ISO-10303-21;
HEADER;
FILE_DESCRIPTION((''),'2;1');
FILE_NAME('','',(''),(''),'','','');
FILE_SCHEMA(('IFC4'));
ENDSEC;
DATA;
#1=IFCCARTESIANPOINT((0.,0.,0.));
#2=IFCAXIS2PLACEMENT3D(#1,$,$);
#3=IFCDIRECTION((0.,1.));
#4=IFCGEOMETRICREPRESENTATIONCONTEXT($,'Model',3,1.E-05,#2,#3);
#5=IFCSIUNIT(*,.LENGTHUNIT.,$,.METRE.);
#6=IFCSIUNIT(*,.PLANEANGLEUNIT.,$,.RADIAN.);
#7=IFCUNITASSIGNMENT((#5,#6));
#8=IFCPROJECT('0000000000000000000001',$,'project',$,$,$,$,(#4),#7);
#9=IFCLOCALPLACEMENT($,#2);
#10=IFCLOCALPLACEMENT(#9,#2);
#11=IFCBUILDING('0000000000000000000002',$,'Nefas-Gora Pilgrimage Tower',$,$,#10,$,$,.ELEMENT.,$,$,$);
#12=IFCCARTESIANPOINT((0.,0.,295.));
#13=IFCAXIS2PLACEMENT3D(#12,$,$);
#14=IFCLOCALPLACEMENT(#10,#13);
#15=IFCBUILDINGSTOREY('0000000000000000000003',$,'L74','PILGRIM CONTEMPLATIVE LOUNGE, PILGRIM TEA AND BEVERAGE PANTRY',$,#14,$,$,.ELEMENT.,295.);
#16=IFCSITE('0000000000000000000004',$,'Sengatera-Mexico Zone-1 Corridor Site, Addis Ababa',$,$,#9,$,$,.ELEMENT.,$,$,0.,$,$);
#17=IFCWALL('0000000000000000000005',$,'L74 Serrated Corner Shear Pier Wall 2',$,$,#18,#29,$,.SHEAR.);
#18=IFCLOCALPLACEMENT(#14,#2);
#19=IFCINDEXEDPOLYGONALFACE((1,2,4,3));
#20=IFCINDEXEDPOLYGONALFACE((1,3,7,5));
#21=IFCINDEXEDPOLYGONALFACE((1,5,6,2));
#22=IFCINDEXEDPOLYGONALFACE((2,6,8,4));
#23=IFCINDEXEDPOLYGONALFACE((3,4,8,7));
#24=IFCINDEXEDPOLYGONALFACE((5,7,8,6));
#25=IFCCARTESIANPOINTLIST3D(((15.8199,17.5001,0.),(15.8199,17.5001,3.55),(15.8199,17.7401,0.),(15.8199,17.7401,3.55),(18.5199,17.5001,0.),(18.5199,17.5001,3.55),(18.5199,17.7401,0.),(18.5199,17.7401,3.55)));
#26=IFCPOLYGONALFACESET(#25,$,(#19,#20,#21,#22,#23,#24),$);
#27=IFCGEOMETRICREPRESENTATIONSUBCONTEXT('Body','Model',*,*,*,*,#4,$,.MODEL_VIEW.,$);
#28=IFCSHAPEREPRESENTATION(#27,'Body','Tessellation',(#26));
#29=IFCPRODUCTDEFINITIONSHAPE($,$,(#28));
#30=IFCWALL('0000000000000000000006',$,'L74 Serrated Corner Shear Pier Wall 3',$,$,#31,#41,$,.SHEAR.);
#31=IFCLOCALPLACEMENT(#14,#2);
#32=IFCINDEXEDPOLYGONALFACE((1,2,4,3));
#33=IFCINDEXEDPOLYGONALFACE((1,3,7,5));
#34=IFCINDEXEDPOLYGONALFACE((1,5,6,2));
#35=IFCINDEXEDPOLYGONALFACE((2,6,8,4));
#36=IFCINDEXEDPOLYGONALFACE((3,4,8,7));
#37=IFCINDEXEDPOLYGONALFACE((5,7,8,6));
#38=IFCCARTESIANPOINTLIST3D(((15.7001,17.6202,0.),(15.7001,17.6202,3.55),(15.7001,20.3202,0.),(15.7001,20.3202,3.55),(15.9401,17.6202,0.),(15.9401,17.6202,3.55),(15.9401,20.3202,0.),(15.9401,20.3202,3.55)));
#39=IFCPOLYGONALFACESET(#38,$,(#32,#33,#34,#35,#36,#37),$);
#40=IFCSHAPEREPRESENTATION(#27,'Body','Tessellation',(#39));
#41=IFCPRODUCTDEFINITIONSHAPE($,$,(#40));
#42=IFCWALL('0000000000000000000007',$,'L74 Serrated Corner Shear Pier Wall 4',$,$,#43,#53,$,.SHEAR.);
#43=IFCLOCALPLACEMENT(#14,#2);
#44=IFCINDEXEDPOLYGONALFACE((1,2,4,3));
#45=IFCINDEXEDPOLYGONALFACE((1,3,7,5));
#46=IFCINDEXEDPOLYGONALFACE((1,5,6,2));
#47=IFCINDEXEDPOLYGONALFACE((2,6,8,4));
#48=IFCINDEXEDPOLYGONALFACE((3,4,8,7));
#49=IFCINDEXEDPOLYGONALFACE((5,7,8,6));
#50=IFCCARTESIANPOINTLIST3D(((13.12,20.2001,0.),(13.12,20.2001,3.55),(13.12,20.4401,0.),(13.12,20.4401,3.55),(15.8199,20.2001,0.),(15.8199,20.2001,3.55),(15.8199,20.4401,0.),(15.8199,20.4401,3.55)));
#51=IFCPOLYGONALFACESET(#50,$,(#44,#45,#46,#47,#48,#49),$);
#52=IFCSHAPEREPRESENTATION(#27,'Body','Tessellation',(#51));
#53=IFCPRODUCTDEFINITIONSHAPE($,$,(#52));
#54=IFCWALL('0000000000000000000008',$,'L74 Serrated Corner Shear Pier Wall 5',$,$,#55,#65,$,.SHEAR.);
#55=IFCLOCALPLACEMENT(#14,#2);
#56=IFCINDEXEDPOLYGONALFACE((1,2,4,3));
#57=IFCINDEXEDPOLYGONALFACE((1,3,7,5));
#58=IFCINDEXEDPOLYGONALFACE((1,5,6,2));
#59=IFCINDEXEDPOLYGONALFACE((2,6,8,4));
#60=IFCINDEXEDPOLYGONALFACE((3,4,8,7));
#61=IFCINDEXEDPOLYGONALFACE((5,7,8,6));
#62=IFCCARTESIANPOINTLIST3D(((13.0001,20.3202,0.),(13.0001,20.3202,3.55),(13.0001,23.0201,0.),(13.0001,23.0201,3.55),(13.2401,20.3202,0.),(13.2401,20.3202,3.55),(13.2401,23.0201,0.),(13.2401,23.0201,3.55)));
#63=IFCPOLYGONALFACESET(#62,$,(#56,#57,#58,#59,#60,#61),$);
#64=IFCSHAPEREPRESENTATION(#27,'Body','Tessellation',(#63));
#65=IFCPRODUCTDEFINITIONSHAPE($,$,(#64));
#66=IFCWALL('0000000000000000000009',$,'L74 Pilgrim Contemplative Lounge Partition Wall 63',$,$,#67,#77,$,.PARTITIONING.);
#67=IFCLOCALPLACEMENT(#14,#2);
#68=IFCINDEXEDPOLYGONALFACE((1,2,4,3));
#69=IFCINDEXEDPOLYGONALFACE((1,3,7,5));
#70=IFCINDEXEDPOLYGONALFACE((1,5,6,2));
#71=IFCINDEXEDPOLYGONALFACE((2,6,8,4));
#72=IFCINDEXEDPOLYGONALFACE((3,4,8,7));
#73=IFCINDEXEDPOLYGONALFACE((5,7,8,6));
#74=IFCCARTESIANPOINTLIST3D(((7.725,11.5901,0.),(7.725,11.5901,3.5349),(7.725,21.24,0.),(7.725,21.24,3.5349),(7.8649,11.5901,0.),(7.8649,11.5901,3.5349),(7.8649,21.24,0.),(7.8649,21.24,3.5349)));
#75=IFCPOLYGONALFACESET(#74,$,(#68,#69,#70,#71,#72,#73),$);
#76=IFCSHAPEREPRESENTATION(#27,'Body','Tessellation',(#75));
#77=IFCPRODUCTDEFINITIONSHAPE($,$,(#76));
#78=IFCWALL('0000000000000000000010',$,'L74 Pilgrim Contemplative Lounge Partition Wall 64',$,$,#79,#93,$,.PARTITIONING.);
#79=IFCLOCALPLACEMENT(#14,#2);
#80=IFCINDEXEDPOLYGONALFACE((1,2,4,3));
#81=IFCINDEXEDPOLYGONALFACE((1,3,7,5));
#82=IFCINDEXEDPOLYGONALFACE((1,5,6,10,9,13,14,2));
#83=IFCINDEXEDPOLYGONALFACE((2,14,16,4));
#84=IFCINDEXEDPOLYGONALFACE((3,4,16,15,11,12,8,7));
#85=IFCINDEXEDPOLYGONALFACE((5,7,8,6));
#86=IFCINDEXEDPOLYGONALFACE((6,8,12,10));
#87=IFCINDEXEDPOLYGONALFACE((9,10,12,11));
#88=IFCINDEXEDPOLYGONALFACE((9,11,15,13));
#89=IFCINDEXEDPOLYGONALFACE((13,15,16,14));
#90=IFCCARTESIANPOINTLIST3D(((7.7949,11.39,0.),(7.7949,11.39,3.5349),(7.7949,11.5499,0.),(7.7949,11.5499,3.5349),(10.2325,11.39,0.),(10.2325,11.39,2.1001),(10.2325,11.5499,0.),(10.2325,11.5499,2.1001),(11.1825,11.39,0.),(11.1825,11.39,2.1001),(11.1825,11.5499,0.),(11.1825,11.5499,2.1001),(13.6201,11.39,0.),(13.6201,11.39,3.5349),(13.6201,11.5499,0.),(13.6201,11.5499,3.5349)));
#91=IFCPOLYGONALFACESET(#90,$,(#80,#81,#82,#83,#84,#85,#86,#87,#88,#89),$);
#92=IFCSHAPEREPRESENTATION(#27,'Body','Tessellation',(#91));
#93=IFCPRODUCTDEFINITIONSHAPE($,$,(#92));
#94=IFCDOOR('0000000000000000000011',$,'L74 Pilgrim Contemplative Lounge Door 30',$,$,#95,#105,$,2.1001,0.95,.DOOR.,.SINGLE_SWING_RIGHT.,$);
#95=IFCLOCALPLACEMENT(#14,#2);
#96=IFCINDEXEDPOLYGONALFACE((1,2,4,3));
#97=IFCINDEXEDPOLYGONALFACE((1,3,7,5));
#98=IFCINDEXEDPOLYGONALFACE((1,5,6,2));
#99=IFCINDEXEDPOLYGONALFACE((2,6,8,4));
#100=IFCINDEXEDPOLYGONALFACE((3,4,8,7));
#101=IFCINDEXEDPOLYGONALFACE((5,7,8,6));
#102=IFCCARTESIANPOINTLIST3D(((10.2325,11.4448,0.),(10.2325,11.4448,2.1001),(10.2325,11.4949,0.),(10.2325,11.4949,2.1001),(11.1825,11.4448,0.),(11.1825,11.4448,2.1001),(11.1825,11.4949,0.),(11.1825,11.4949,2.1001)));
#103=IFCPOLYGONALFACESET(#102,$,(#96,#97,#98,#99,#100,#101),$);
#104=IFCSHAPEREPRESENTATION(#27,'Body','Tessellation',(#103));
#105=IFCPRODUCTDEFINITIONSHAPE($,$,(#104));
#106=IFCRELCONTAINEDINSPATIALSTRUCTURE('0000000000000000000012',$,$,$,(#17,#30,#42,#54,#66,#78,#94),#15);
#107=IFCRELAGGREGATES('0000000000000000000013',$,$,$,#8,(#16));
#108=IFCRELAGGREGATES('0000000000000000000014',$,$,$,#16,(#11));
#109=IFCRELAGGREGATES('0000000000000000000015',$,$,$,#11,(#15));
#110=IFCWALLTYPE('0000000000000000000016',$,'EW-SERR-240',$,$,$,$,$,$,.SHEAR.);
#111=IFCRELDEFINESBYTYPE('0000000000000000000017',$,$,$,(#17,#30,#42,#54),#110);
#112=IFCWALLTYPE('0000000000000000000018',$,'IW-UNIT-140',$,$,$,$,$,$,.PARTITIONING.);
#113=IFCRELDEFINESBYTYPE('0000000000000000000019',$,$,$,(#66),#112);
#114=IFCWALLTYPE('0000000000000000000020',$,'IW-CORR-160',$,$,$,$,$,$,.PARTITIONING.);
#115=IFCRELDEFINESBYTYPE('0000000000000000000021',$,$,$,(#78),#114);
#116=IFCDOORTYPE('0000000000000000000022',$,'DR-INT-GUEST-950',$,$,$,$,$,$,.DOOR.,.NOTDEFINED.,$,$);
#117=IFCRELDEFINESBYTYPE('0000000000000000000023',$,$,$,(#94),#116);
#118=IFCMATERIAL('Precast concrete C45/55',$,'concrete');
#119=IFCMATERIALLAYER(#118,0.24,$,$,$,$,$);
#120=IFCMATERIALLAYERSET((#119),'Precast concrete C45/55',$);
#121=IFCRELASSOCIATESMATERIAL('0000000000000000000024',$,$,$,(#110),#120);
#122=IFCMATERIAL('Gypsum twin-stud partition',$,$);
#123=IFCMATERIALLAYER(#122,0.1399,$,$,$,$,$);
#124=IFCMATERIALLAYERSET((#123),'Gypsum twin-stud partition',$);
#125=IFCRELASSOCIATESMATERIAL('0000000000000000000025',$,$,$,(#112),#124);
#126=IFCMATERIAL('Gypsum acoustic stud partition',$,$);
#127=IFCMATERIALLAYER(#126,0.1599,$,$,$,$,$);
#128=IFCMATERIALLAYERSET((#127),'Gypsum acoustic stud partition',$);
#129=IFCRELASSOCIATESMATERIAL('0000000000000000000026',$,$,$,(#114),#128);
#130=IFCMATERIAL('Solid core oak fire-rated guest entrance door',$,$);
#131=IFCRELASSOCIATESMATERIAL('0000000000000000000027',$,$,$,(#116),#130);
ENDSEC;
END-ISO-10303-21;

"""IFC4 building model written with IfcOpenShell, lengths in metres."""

from ifc_helpers import new_model, si_unit, direction, frame, frame_2d, origin, place, context, subcontext, project, spatial, rectangle, extrude, source, transform, mapped, material, layer, layer_set, type_object, element, fill, save


model = new_model("IFC4")

# Units and contexts
model_context = context("Model", 3, precision=1e-05, world=origin(), true_north=direction((0.0, 1.0)))
body_context = subcontext(model_context, "Body", "Model", "MODEL_VIEW")
ifc_project = project(units=[si_unit("LENGTHUNIT", "METRE"), si_unit("PLANEANGLEUNIT", "RADIAN")], contexts=[model_context])

# Site, building, storey
site_placement = place(None, origin())
site = spatial("IfcSite", under=ifc_project, at=site_placement, Name="Sengatera-Mexico Zone-1 Corridor Site, Addis Ababa", CompositionType="ELEMENT", RefElevation=0.0)
building_placement = place(site_placement, origin())
building = spatial("IfcBuilding", under=site, at=building_placement, Name="Nefas-Gora Pilgrimage Tower", CompositionType="ELEMENT")
storey_placement = place(building_placement, frame((0.0, 0.0, 295.0)))
storey = spatial("IfcBuildingStorey", under=building, at=storey_placement, Name="L74", Description="PILGRIM CONTEMPLATIVE LOUNGE, PILGRIM TEA AND BEVERAGE PANTRY", CompositionType="ELEMENT", Elevation=295.0)

# Walls
ifc_material_1 = material(Name="Precast concrete C45/55", Category="concrete")
ifc_layer_1 = layer(ifc_material_1, 0.24)
ifc_layer_set_1 = layer_set([ifc_layer_1], Name="Precast concrete C45/55")
wall_type_1 = type_object("IfcWallType", Name="EW-SERR-240", PredefinedType="SHEAR", material=ifc_layer_set_1)
shared_shape_1 = source(origin(), body_context, "Body", "SweptSolid", [
    extrude(rectangle(XDim=2.7, YDim=0.24, at=frame_2d((1.3501, 0.0))), origin(), (0.0, 0.0, 1.0), 3.55),
])
for number, where, z_axis, x_axis, name in (
    (1, (18.52, 17.6201, 0.0), (0.0, 0.0, 1.0), (-1.0, 0.0, 0.0), "L74 Serrated Corner Shear Pier Wall 2"),
    (2, (15.8201, 17.6201, 0.0), (0.0, 0.0, 1.0), (0.0, 1.0, 0.0), "L74 Serrated Corner Shear Pier Wall 3"),
    (3, (15.8201, 20.3201, 0.0), (0.0, 0.0, 1.0), (-1.0, 0.0, 0.0), "L74 Serrated Corner Shear Pier Wall 4"),
    (4, (13.1201, 20.3201, 0.0), (0.0, 0.0, 1.0), (0.0, 1.0, 0.0), "L74 Serrated Corner Shear Pier Wall 5"),
):
    element("IfcWall", number, at=place(storey_placement, frame(where, z_axis=z_axis, x_axis=x_axis)), inside=storey, type_object=wall_type_1, Name=name, PredefinedType="SHEAR", context=body_context, shape_type="MappedRepresentation", body=[
        mapped(shared_shape_1, transform((0.0, 0.0, 0.0), x_axis=(1.0, 0.0, 0.0), y_axis=(0.0, 1.0, 0.0), z_axis=(0.0, 0.0, 1.0), scale=1.0)),
    ])
ifc_material_2 = material(Name="Gypsum twin-stud partition")
ifc_layer_2 = layer(ifc_material_2, 0.1399)
ifc_layer_set_2 = layer_set([ifc_layer_2], Name="Gypsum twin-stud partition")
wall_type_2 = type_object("IfcWallType", Name="IW-UNIT-140", PredefinedType="PARTITIONING", material=ifc_layer_set_2)
shared_shape_2 = source(origin(), body_context, "Body", "SweptSolid", [
    extrude(rectangle(XDim=9.6499, YDim=0.1399, at=frame_2d((4.825, 0.0))), origin(), (0.0, 0.0, 1.0), 3.5349),
])
wall_1_placement = place(storey_placement, frame((7.7949, 11.5901, 0.0), z_axis=(0.0, 0.0, 1.0), x_axis=(0.0, 1.0, 0.0)))
element("IfcWall", 5, at=wall_1_placement, inside=storey, type_object=wall_type_2, Name="L74 Pilgrim Contemplative Lounge Partition Wall 63", PredefinedType="PARTITIONING", context=body_context, shape_type="MappedRepresentation", body=[
    mapped(shared_shape_2, transform((0.0, 0.0, 0.0), x_axis=(1.0, 0.0, 0.0), y_axis=(0.0, 1.0, 0.0), z_axis=(0.0, 0.0, 1.0), scale=1.0)),
])

# Wall, opening, door
ifc_material_3 = material(Name="Gypsum acoustic stud partition")
ifc_layer_3 = layer(ifc_material_3, 0.1599)
ifc_layer_set_3 = layer_set([ifc_layer_3], Name="Gypsum acoustic stud partition")
wall_type_3 = type_object("IfcWallType", Name="IW-CORR-160", PredefinedType="PARTITIONING", material=ifc_layer_set_3)
shared_shape_3 = source(origin(), body_context, "Body", "SweptSolid", [
    extrude(rectangle(XDim=5.8252, YDim=0.1599, at=frame_2d((2.9126, 0.0))), origin(), (0.0, 0.0, 1.0), 3.5349),
])
wall_2_placement = place(storey_placement, frame((7.7949, 11.47, 0.0), z_axis=(0.0, 0.0, 1.0), x_axis=(1.0, 0.0, 0.0)))
wall_2 = element("IfcWall", 6, at=wall_2_placement, inside=storey, type_object=wall_type_3, Name="L74 Pilgrim Contemplative Lounge Partition Wall 64", PredefinedType="PARTITIONING", context=body_context, shape_type="MappedRepresentation", body=[
    mapped(shared_shape_3, transform((0.0, 0.0, 0.0), x_axis=(1.0, 0.0, 0.0), y_axis=(0.0, 1.0, 0.0), z_axis=(0.0, 0.0, 1.0), scale=1.0)),
])
opening_placement = place(wall_2_placement, frame((2.4375, 0.0, 0.0)))
opening = element("IfcOpeningElement", 7, at=opening_placement, cuts=wall_2, PredefinedType="OPENING", context=body_context, shape_type="SweptSolid", body=[
    extrude(rectangle(XDim=0.95, YDim=2.1001, at=frame_2d((0.4751, 1.05))), frame((0.0, 0.0898, 0.0), z_axis=(0.0, -1.0, 0.0), x_axis=(1.0, 0.0, 0.0)), (0.0, 0.0, 1.0), 0.1799),
])
ifc_material_4 = material(Name="Solid core oak fire-rated guest entrance door")
door_type = type_object("IfcDoorType", Name="DR-INT-GUEST-950", OperationType="NOTDEFINED", PredefinedType="DOOR", material=ifc_material_4)
shared_shape_4 = source(origin(), body_context, "Body", "SweptSolid", [
    extrude(rectangle(XDim=0.95, YDim=2.1001, at=frame_2d((0.4751, 1.05))), frame((0.0, 0.0249, 0.0), z_axis=(0.0, -1.0, 0.0), x_axis=(1.0, 0.0, 0.0)), (0.0, 0.0, 1.0), 0.05),
])
door_placement = place(opening_placement, origin())
door = element("IfcDoor", 8, at=door_placement, inside=storey, type_object=door_type, Name="L74 Pilgrim Contemplative Lounge Door 30", OperationType="SINGLE_SWING_RIGHT", OverallHeight=2.1001, OverallWidth=0.95, PredefinedType="DOOR", context=body_context, shape_type="MappedRepresentation", body=[
    mapped(shared_shape_4, transform((0.0, 0.0, 0.0), x_axis=(1.0, 0.0, 0.0), y_axis=(0.0, 1.0, 0.0), z_axis=(0.0, 0.0, 1.0), scale=1.0)),
])
fill(opening, door)

save(model, "model.ifc")
